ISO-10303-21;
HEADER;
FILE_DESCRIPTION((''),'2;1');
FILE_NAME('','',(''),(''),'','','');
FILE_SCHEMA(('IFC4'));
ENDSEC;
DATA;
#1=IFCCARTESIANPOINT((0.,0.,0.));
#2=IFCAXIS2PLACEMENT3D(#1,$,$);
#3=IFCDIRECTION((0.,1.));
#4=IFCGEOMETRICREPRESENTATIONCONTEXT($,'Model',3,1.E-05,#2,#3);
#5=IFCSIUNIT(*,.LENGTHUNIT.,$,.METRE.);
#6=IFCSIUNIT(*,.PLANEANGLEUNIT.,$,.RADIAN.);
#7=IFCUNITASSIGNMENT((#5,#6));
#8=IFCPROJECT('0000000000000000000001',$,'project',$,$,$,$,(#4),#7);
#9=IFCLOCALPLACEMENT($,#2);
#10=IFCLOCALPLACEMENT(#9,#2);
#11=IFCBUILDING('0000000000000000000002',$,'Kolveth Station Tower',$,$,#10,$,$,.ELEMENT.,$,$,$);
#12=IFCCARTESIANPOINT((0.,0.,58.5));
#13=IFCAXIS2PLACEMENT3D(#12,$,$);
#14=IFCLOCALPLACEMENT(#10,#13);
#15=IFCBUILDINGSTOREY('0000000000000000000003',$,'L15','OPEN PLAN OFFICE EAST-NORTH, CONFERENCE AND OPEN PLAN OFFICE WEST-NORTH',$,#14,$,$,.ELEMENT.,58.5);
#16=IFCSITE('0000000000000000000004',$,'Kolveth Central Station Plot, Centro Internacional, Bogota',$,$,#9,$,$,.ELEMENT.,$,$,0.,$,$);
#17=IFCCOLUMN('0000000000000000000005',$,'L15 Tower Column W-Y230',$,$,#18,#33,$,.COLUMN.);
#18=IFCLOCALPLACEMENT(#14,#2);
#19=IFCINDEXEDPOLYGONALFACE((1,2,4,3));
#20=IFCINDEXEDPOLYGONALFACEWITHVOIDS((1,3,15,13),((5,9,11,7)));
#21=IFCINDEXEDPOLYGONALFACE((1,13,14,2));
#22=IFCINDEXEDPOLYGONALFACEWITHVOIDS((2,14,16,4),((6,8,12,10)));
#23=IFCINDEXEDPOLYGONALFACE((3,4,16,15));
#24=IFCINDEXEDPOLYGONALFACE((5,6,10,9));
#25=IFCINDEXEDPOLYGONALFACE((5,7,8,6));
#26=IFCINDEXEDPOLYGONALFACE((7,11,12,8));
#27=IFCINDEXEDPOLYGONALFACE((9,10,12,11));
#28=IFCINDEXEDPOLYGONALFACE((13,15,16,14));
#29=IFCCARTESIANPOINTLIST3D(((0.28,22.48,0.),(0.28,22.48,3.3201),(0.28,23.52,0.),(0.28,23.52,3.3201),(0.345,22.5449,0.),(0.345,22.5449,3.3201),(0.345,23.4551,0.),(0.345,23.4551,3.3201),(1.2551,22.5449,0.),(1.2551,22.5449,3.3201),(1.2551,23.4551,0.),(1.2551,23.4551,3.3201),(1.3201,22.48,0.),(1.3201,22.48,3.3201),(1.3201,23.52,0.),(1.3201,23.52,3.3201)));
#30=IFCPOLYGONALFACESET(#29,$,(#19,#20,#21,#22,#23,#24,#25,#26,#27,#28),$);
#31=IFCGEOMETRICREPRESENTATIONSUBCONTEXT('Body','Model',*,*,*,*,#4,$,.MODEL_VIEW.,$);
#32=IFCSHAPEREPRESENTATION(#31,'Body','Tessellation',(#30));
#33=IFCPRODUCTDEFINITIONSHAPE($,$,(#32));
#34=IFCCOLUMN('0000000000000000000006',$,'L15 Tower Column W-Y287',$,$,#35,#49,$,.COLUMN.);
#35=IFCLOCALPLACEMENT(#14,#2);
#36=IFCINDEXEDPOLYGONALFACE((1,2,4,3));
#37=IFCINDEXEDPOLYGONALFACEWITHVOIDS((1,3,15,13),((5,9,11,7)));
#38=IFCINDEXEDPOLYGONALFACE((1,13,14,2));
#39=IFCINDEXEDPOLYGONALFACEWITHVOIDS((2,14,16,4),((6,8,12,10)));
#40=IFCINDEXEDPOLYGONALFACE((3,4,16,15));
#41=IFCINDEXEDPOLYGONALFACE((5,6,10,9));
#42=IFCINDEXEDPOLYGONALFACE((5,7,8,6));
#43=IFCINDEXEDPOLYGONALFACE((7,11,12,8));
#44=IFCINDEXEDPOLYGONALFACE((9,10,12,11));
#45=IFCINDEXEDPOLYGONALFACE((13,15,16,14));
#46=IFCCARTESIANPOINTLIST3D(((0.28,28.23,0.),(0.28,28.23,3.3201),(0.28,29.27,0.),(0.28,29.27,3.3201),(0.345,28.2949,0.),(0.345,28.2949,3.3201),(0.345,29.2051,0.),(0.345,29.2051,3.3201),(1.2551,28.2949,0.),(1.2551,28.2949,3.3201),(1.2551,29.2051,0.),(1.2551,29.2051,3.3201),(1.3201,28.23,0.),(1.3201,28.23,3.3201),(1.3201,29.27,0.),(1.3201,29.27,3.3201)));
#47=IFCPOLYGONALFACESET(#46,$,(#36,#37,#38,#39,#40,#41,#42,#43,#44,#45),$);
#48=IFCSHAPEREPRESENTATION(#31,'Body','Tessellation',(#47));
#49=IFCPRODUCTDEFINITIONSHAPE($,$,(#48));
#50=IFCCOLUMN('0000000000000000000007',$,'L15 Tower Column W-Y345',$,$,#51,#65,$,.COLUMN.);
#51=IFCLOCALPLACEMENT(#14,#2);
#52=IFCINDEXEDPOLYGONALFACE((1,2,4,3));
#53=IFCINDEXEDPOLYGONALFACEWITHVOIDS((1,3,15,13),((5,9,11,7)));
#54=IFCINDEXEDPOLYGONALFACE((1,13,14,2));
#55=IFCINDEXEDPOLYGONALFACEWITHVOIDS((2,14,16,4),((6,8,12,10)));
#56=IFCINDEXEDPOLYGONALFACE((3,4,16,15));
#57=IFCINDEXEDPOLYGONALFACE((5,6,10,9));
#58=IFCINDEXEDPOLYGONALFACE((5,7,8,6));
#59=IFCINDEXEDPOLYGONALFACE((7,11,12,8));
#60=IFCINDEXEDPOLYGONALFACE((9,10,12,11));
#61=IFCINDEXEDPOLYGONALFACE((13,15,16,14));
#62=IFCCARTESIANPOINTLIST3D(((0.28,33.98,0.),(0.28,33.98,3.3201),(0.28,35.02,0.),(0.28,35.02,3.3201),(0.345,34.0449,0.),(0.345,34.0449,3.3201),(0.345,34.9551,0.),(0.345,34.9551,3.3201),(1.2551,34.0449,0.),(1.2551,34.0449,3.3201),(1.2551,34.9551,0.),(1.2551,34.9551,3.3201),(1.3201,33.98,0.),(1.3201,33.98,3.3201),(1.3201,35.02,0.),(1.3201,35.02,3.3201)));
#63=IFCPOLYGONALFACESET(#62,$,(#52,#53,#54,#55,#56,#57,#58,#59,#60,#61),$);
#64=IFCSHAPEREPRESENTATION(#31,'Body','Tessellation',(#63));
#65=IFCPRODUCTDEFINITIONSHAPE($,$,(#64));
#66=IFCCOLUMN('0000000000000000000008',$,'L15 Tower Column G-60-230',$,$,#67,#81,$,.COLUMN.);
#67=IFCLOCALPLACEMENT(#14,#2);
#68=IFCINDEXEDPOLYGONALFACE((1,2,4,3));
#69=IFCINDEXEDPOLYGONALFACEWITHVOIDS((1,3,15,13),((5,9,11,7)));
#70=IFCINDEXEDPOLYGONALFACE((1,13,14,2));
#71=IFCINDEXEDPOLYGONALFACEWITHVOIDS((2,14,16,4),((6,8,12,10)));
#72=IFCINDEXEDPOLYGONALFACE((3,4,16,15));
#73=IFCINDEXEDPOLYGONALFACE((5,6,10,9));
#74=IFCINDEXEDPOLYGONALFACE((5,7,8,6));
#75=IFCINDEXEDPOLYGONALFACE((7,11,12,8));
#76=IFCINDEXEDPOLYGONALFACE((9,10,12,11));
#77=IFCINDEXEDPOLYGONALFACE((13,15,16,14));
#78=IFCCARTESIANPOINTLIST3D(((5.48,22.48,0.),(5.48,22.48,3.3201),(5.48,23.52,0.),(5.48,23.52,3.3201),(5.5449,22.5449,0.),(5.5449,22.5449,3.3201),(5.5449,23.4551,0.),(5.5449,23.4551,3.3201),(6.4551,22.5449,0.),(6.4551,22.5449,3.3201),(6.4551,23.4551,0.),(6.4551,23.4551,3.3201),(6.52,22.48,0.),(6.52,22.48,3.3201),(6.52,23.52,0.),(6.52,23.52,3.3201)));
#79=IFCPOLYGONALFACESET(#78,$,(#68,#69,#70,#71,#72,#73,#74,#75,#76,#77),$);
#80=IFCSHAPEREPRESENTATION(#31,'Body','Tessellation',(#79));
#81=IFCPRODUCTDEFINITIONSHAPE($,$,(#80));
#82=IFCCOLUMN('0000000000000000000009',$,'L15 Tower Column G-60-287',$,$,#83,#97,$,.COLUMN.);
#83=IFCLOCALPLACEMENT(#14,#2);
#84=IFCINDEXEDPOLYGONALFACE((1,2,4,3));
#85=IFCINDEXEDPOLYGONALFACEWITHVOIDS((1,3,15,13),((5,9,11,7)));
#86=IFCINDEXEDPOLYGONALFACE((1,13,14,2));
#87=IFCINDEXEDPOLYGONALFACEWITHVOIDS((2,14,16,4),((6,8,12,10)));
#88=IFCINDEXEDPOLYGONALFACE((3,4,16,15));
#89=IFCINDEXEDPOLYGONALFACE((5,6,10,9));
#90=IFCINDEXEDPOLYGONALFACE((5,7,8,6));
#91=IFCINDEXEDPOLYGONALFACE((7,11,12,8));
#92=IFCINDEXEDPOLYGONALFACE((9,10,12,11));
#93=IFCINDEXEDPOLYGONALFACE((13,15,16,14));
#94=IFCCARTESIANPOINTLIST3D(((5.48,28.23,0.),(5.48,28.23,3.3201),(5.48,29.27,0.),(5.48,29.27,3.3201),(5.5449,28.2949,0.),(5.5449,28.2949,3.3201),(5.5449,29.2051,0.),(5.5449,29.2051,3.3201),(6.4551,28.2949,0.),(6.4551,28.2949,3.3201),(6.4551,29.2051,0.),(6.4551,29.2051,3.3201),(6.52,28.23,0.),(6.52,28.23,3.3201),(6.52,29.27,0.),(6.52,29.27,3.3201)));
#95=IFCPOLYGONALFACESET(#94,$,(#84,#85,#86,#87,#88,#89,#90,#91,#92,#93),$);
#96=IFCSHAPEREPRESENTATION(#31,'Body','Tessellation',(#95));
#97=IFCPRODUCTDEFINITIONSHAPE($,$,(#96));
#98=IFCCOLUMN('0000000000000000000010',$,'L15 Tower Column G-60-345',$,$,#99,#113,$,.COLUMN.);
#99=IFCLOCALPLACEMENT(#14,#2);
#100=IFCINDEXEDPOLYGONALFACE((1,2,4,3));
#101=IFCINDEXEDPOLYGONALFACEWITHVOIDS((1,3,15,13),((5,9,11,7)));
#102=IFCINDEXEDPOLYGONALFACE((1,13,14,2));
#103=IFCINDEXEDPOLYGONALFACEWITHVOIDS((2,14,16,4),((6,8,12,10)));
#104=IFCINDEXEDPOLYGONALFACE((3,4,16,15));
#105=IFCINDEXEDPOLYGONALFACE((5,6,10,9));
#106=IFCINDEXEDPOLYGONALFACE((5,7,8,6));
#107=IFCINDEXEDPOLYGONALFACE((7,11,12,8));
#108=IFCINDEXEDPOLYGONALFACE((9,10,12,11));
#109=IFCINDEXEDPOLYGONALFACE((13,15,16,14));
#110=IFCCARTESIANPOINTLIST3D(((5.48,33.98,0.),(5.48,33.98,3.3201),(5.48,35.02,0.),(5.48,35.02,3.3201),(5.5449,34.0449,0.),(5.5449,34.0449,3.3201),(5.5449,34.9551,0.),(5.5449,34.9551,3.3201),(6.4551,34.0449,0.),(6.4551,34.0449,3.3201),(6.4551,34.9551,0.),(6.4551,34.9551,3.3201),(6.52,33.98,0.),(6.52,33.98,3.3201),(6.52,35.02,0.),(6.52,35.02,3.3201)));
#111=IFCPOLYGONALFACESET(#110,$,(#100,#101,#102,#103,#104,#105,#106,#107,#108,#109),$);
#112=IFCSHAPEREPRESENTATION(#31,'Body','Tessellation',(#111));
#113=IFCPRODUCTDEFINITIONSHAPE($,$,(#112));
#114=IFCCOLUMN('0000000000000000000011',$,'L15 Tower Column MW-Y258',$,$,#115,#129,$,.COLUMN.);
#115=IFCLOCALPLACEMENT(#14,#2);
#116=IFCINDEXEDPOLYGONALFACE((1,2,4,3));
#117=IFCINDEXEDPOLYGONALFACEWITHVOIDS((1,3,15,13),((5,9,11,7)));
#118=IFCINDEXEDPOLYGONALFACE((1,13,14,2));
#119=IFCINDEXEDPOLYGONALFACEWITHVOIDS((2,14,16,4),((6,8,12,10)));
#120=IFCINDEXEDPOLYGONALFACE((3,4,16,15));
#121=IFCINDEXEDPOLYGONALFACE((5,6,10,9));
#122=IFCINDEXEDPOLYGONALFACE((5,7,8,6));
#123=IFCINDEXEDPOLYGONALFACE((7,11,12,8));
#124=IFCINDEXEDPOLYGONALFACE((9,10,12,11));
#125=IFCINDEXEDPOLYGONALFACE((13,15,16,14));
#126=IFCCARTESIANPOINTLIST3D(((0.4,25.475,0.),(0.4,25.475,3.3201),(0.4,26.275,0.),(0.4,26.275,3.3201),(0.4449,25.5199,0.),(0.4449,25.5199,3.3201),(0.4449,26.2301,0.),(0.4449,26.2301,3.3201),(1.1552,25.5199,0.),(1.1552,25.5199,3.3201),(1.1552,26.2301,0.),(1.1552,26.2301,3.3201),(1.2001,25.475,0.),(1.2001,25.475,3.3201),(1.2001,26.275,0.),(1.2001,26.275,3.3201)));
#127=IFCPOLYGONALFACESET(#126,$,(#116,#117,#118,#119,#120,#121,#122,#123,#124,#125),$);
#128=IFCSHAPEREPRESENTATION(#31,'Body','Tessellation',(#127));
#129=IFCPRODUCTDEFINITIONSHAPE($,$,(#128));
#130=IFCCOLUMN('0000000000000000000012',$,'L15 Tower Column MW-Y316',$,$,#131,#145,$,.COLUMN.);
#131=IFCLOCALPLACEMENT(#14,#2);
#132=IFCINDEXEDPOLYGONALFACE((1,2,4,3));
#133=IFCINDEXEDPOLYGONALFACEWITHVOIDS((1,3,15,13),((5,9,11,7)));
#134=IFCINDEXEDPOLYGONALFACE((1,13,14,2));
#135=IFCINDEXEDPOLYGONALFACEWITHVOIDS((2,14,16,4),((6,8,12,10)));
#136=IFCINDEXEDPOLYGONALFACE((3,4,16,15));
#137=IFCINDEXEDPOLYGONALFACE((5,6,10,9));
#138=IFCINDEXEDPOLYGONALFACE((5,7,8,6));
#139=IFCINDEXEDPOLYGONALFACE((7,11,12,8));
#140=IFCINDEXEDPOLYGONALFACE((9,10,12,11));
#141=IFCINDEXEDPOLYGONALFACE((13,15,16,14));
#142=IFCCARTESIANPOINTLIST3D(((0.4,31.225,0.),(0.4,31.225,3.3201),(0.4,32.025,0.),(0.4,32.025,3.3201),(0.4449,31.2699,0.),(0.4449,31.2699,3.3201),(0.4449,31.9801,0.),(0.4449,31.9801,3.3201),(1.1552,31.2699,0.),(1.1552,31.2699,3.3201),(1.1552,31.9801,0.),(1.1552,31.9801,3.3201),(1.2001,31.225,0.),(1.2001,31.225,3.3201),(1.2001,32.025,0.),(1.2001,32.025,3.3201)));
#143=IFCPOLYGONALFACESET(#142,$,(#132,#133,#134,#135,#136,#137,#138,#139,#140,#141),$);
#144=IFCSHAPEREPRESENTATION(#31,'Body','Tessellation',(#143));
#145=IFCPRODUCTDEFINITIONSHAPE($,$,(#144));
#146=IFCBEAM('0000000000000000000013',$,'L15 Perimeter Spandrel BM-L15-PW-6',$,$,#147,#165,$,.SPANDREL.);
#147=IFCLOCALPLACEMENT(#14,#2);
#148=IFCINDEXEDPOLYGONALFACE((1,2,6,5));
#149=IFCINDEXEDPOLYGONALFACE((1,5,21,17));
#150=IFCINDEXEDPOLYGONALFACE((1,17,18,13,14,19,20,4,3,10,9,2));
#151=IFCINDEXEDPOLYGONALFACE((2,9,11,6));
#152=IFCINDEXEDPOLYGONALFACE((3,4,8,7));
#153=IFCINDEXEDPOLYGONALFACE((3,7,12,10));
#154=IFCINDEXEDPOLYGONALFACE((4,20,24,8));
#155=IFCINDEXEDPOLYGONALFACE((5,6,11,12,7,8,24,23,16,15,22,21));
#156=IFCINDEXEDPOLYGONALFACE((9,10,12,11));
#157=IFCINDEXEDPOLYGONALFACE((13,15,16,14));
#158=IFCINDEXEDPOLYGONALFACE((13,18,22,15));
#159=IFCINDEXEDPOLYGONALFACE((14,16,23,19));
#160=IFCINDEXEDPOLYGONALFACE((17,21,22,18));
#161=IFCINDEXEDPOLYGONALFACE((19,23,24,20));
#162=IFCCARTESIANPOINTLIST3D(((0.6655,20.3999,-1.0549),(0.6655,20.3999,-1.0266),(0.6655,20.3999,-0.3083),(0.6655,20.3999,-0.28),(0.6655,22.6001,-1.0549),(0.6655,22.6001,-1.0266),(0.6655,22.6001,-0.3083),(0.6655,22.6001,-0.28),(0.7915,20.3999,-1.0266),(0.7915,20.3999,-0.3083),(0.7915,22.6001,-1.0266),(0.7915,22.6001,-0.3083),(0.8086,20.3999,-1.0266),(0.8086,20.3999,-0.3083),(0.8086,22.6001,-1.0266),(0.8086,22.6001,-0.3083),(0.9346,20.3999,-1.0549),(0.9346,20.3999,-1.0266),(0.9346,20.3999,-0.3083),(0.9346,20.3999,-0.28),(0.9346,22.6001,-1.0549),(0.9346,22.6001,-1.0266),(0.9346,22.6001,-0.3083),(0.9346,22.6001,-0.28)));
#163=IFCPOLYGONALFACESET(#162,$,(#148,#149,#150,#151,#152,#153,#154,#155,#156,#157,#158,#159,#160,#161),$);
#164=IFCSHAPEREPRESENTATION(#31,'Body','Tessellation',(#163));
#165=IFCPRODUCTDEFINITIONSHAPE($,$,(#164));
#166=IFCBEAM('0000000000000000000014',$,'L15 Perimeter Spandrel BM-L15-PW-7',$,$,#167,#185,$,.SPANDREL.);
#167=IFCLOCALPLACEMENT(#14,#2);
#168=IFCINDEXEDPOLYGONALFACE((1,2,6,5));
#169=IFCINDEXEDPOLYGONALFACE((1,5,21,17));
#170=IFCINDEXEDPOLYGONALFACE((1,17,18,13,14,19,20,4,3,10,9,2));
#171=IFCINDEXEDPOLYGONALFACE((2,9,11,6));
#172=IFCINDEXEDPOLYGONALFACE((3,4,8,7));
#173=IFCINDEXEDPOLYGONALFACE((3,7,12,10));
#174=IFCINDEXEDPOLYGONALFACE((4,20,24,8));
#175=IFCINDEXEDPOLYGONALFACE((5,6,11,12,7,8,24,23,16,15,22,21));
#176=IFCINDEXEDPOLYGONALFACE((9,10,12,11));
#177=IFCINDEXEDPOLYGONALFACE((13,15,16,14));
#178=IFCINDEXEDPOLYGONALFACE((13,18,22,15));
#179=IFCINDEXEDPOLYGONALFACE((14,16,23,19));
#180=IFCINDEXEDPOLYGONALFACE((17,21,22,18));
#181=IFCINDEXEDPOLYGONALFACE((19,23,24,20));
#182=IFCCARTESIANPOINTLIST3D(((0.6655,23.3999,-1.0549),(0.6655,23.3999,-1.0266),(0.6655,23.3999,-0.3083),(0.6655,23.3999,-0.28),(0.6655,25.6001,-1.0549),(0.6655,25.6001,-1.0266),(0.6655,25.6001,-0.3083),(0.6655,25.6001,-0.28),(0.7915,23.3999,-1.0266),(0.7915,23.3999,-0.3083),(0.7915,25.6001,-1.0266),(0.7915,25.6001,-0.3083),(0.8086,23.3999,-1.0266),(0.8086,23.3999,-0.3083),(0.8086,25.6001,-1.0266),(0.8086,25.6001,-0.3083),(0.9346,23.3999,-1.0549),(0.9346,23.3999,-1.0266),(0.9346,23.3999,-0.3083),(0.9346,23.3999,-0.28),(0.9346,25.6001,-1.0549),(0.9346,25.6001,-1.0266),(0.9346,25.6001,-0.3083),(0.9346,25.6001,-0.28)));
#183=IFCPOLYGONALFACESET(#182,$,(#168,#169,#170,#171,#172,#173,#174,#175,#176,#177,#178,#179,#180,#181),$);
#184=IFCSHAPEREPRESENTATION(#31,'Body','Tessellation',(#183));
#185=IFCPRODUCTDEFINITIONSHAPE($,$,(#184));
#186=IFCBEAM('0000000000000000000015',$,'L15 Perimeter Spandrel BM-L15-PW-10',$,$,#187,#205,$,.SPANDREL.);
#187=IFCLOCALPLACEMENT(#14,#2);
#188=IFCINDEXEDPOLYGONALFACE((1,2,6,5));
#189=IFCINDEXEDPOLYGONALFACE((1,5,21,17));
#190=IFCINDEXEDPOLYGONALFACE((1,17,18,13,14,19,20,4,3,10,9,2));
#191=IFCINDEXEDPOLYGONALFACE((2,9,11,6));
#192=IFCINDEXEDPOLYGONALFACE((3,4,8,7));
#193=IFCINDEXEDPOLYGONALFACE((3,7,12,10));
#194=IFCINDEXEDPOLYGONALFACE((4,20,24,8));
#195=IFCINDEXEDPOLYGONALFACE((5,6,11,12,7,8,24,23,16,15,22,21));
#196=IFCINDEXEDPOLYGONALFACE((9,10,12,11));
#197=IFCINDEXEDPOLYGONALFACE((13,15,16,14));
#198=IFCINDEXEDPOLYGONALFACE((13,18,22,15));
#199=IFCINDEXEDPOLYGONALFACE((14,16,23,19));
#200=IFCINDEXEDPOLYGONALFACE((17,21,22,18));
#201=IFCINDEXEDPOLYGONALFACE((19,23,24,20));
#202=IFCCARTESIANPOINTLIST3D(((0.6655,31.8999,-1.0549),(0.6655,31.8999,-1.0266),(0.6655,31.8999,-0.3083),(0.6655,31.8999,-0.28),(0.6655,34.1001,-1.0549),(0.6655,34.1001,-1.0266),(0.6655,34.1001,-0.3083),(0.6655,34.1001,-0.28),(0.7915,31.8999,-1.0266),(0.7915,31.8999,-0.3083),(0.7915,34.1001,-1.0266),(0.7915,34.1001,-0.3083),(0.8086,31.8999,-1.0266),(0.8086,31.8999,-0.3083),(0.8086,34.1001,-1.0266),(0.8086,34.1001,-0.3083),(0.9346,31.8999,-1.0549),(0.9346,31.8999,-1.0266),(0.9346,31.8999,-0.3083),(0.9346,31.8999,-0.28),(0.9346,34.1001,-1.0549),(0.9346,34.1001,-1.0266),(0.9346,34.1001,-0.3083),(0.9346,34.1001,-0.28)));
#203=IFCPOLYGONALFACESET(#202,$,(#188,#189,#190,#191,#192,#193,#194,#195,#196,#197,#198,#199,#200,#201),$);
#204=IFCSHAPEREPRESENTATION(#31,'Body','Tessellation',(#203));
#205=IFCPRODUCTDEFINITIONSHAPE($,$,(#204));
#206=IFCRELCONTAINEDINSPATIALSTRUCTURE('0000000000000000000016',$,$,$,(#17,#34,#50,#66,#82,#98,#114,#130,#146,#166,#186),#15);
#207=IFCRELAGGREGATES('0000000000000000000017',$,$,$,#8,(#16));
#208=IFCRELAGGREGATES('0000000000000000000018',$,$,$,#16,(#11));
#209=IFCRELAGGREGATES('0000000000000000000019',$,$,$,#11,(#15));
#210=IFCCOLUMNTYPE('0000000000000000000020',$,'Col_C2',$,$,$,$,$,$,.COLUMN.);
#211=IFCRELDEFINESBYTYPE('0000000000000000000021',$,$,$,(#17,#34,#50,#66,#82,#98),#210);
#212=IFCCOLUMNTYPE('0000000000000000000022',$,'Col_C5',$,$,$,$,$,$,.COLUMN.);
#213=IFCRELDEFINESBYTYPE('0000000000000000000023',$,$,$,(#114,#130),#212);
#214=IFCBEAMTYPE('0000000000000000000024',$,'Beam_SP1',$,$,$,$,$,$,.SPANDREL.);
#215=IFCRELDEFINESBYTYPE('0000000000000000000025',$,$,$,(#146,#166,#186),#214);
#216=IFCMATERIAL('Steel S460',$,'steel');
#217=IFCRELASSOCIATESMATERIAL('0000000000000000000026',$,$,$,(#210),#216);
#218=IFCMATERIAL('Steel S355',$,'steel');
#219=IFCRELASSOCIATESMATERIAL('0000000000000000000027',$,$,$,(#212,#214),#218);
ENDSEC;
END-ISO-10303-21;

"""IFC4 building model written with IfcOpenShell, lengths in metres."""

from ifc_helpers import new_model, si_unit, direction, frame, origin, origin_2d, place, context, subcontext, project, spatial, hollow_rectangle, i_section, extrude, source, transform, mapped, material, material_profile, profile_set, type_object, element, save


model = new_model("IFC4")

# Units and contexts
model_context = context("Model", 3, precision=1e-05, world=origin(), true_north=direction((0.0, 1.0)))
body_context = subcontext(model_context, "Body", "Model", "MODEL_VIEW")
ifc_project = project(units=[si_unit("LENGTHUNIT", "METRE"), si_unit("PLANEANGLEUNIT", "RADIAN")], contexts=[model_context])

# Site, building, storey
site_placement = place(None, origin())
site = spatial("IfcSite", under=ifc_project, at=site_placement, Name="Kolveth Central Station Plot, Centro Internacional, Bogota", CompositionType="ELEMENT", RefElevation=0.0)
building_placement = place(site_placement, origin())
building = spatial("IfcBuilding", under=site, at=building_placement, Name="Kolveth Station Tower", CompositionType="ELEMENT")
storey_placement = place(building_placement, frame((0.0, 0.0, 58.5)))
storey = spatial("IfcBuildingStorey", under=building, at=storey_placement, Name="L15", Description="OPEN PLAN OFFICE EAST-NORTH, CONFERENCE AND OPEN PLAN OFFICE WEST-NORTH", CompositionType="ELEMENT", Elevation=58.5)

# Columns
ifc_material_1 = material(Name="Steel S460", Category="steel")
ifc_material_profile_1 = material_profile(ifc_material_1, hollow_rectangle(XDim=1.04, YDim=1.04, WallThickness=0.0649, at=origin_2d()), Name="BOX1040x1040x65")
ifc_profile_set_1 = profile_set([ifc_material_profile_1], Name="Steel S460")
column_type_1 = type_object("IfcColumnType", Name="Col_C2", PredefinedType="COLUMN", material=ifc_profile_set_1)
shared_shape_1 = source(origin(), body_context, "Body", "SweptSolid", [
    extrude(hollow_rectangle(XDim=1.04, YDim=1.04, WallThickness=0.0649, at=origin_2d()), origin(), (0.0, 0.0, 1.0), 3.3201),
])
for number, where, z_axis, x_axis, name in (
    (1, (0.8, 23.0, 0.0), (0.0, 0.0, 1.0), (1.0, 0.0, 0.0), "L15 Tower Column W-Y230"),
    (2, (0.8, 28.75, 0.0), (0.0, 0.0, 1.0), (1.0, 0.0, 0.0), "L15 Tower Column W-Y287"),
    (3, (0.8, 34.5, 0.0), (0.0, 0.0, 1.0), (1.0, 0.0, 0.0), "L15 Tower Column W-Y345"),
    (4, (6.0, 23.0, 0.0), (0.0, 0.0, 1.0), (1.0, 0.0, 0.0), "L15 Tower Column G-60-230"),
    (5, (6.0, 28.75, 0.0), (0.0, 0.0, 1.0), (1.0, 0.0, 0.0), "L15 Tower Column G-60-287"),
    (6, (6.0, 34.5, 0.0), (0.0, 0.0, 1.0), (1.0, 0.0, 0.0), "L15 Tower Column G-60-345"),
):
    element("IfcColumn", number, at=place(storey_placement, frame(where, z_axis=z_axis, x_axis=x_axis)), inside=storey, type_object=column_type_1, Name=name, PredefinedType="COLUMN", context=body_context, shape_type="MappedRepresentation", body=[
        mapped(shared_shape_1, transform((0.0, 0.0, 0.0), x_axis=(1.0, 0.0, 0.0), y_axis=(0.0, 1.0, 0.0), z_axis=(0.0, 0.0, 1.0), scale=1.0)),
    ])
ifc_material_2 = material(Name="Steel S355", Category="steel")
ifc_material_profile_2 = material_profile(ifc_material_2, hollow_rectangle(XDim=0.8, YDim=0.8, WallThickness=0.0449, at=origin_2d()), Name="BOX800x800x45")
ifc_profile_set_2 = profile_set([ifc_material_profile_2], Name="Steel S355")
column_type_2 = type_object("IfcColumnType", Name="Col_C5", PredefinedType="COLUMN", material=ifc_profile_set_2)
shared_shape_2 = source(origin(), body_context, "Body", "SweptSolid", [
    extrude(hollow_rectangle(XDim=0.8, YDim=0.8, WallThickness=0.0449, at=origin_2d()), origin(), (0.0, 0.0, 1.0), 3.3201),
])
for number, where, z_axis, x_axis, name in (
    (7, (0.8, 25.875, 0.0), (0.0, 0.0, 1.0), (1.0, 0.0, 0.0), "L15 Tower Column MW-Y258"),
    (8, (0.8, 31.625, 0.0), (0.0, 0.0, 1.0), (1.0, 0.0, 0.0), "L15 Tower Column MW-Y316"),
):
    element("IfcColumn", number, at=place(storey_placement, frame(where, z_axis=z_axis, x_axis=x_axis)), inside=storey, type_object=column_type_2, Name=name, PredefinedType="COLUMN", context=body_context, shape_type="MappedRepresentation", body=[
        mapped(shared_shape_2, transform((0.0, 0.0, 0.0), x_axis=(1.0, 0.0, 0.0), y_axis=(0.0, 1.0, 0.0), z_axis=(0.0, 0.0, 1.0), scale=1.0)),
    ])

# Beams
ifc_material_profile_3 = material_profile(ifc_material_2, i_section(OverallWidth=0.269, OverallDepth=0.7749, WebThickness=0.0171, FlangeThickness=0.0283, at=origin_2d()), Name="W760x220")
ifc_profile_set_3 = profile_set([ifc_material_profile_3], Name="Steel S355")
beam_type_1 = type_object("IfcBeamType", Name="Beam_SP1", PredefinedType="SPANDREL", material=ifc_profile_set_3)
shared_shape_3 = source(origin(), body_context, "Body", "SweptSolid", [
    extrude(i_section(OverallWidth=0.269, OverallDepth=0.7749, WebThickness=0.0171, FlangeThickness=0.0283, at=origin_2d()), origin(), (0.0, 0.0, 1.0), 2.2002),
])
for number, where, z_axis, x_axis, name in (
    (9, (0.8, 20.3999, -0.6675), (0.0, 1.0, 0.0), (-1.0, 0.0, 0.0), "L15 Perimeter Spandrel BM-L15-PW-6"),
    (10, (0.8, 23.3999, -0.6675), (0.0, 1.0, 0.0), (-1.0, 0.0, 0.0), "L15 Perimeter Spandrel BM-L15-PW-7"),
    (11, (0.8, 31.8999, -0.6675), (0.0, 1.0, 0.0), (-1.0, 0.0, 0.0), "L15 Perimeter Spandrel BM-L15-PW-10"),
):
    element("IfcBeam", number, at=place(storey_placement, frame(where, z_axis=z_axis, x_axis=x_axis)), inside=storey, type_object=beam_type_1, Name=name, PredefinedType="SPANDREL", context=body_context, shape_type="MappedRepresentation", body=[
        mapped(shared_shape_3, transform((0.0, 0.0, 0.0), x_axis=(1.0, 0.0, 0.0), y_axis=(0.0, 1.0, 0.0), z_axis=(0.0, 0.0, 1.0), scale=1.0)),
    ])

save(model, "model.ifc")
